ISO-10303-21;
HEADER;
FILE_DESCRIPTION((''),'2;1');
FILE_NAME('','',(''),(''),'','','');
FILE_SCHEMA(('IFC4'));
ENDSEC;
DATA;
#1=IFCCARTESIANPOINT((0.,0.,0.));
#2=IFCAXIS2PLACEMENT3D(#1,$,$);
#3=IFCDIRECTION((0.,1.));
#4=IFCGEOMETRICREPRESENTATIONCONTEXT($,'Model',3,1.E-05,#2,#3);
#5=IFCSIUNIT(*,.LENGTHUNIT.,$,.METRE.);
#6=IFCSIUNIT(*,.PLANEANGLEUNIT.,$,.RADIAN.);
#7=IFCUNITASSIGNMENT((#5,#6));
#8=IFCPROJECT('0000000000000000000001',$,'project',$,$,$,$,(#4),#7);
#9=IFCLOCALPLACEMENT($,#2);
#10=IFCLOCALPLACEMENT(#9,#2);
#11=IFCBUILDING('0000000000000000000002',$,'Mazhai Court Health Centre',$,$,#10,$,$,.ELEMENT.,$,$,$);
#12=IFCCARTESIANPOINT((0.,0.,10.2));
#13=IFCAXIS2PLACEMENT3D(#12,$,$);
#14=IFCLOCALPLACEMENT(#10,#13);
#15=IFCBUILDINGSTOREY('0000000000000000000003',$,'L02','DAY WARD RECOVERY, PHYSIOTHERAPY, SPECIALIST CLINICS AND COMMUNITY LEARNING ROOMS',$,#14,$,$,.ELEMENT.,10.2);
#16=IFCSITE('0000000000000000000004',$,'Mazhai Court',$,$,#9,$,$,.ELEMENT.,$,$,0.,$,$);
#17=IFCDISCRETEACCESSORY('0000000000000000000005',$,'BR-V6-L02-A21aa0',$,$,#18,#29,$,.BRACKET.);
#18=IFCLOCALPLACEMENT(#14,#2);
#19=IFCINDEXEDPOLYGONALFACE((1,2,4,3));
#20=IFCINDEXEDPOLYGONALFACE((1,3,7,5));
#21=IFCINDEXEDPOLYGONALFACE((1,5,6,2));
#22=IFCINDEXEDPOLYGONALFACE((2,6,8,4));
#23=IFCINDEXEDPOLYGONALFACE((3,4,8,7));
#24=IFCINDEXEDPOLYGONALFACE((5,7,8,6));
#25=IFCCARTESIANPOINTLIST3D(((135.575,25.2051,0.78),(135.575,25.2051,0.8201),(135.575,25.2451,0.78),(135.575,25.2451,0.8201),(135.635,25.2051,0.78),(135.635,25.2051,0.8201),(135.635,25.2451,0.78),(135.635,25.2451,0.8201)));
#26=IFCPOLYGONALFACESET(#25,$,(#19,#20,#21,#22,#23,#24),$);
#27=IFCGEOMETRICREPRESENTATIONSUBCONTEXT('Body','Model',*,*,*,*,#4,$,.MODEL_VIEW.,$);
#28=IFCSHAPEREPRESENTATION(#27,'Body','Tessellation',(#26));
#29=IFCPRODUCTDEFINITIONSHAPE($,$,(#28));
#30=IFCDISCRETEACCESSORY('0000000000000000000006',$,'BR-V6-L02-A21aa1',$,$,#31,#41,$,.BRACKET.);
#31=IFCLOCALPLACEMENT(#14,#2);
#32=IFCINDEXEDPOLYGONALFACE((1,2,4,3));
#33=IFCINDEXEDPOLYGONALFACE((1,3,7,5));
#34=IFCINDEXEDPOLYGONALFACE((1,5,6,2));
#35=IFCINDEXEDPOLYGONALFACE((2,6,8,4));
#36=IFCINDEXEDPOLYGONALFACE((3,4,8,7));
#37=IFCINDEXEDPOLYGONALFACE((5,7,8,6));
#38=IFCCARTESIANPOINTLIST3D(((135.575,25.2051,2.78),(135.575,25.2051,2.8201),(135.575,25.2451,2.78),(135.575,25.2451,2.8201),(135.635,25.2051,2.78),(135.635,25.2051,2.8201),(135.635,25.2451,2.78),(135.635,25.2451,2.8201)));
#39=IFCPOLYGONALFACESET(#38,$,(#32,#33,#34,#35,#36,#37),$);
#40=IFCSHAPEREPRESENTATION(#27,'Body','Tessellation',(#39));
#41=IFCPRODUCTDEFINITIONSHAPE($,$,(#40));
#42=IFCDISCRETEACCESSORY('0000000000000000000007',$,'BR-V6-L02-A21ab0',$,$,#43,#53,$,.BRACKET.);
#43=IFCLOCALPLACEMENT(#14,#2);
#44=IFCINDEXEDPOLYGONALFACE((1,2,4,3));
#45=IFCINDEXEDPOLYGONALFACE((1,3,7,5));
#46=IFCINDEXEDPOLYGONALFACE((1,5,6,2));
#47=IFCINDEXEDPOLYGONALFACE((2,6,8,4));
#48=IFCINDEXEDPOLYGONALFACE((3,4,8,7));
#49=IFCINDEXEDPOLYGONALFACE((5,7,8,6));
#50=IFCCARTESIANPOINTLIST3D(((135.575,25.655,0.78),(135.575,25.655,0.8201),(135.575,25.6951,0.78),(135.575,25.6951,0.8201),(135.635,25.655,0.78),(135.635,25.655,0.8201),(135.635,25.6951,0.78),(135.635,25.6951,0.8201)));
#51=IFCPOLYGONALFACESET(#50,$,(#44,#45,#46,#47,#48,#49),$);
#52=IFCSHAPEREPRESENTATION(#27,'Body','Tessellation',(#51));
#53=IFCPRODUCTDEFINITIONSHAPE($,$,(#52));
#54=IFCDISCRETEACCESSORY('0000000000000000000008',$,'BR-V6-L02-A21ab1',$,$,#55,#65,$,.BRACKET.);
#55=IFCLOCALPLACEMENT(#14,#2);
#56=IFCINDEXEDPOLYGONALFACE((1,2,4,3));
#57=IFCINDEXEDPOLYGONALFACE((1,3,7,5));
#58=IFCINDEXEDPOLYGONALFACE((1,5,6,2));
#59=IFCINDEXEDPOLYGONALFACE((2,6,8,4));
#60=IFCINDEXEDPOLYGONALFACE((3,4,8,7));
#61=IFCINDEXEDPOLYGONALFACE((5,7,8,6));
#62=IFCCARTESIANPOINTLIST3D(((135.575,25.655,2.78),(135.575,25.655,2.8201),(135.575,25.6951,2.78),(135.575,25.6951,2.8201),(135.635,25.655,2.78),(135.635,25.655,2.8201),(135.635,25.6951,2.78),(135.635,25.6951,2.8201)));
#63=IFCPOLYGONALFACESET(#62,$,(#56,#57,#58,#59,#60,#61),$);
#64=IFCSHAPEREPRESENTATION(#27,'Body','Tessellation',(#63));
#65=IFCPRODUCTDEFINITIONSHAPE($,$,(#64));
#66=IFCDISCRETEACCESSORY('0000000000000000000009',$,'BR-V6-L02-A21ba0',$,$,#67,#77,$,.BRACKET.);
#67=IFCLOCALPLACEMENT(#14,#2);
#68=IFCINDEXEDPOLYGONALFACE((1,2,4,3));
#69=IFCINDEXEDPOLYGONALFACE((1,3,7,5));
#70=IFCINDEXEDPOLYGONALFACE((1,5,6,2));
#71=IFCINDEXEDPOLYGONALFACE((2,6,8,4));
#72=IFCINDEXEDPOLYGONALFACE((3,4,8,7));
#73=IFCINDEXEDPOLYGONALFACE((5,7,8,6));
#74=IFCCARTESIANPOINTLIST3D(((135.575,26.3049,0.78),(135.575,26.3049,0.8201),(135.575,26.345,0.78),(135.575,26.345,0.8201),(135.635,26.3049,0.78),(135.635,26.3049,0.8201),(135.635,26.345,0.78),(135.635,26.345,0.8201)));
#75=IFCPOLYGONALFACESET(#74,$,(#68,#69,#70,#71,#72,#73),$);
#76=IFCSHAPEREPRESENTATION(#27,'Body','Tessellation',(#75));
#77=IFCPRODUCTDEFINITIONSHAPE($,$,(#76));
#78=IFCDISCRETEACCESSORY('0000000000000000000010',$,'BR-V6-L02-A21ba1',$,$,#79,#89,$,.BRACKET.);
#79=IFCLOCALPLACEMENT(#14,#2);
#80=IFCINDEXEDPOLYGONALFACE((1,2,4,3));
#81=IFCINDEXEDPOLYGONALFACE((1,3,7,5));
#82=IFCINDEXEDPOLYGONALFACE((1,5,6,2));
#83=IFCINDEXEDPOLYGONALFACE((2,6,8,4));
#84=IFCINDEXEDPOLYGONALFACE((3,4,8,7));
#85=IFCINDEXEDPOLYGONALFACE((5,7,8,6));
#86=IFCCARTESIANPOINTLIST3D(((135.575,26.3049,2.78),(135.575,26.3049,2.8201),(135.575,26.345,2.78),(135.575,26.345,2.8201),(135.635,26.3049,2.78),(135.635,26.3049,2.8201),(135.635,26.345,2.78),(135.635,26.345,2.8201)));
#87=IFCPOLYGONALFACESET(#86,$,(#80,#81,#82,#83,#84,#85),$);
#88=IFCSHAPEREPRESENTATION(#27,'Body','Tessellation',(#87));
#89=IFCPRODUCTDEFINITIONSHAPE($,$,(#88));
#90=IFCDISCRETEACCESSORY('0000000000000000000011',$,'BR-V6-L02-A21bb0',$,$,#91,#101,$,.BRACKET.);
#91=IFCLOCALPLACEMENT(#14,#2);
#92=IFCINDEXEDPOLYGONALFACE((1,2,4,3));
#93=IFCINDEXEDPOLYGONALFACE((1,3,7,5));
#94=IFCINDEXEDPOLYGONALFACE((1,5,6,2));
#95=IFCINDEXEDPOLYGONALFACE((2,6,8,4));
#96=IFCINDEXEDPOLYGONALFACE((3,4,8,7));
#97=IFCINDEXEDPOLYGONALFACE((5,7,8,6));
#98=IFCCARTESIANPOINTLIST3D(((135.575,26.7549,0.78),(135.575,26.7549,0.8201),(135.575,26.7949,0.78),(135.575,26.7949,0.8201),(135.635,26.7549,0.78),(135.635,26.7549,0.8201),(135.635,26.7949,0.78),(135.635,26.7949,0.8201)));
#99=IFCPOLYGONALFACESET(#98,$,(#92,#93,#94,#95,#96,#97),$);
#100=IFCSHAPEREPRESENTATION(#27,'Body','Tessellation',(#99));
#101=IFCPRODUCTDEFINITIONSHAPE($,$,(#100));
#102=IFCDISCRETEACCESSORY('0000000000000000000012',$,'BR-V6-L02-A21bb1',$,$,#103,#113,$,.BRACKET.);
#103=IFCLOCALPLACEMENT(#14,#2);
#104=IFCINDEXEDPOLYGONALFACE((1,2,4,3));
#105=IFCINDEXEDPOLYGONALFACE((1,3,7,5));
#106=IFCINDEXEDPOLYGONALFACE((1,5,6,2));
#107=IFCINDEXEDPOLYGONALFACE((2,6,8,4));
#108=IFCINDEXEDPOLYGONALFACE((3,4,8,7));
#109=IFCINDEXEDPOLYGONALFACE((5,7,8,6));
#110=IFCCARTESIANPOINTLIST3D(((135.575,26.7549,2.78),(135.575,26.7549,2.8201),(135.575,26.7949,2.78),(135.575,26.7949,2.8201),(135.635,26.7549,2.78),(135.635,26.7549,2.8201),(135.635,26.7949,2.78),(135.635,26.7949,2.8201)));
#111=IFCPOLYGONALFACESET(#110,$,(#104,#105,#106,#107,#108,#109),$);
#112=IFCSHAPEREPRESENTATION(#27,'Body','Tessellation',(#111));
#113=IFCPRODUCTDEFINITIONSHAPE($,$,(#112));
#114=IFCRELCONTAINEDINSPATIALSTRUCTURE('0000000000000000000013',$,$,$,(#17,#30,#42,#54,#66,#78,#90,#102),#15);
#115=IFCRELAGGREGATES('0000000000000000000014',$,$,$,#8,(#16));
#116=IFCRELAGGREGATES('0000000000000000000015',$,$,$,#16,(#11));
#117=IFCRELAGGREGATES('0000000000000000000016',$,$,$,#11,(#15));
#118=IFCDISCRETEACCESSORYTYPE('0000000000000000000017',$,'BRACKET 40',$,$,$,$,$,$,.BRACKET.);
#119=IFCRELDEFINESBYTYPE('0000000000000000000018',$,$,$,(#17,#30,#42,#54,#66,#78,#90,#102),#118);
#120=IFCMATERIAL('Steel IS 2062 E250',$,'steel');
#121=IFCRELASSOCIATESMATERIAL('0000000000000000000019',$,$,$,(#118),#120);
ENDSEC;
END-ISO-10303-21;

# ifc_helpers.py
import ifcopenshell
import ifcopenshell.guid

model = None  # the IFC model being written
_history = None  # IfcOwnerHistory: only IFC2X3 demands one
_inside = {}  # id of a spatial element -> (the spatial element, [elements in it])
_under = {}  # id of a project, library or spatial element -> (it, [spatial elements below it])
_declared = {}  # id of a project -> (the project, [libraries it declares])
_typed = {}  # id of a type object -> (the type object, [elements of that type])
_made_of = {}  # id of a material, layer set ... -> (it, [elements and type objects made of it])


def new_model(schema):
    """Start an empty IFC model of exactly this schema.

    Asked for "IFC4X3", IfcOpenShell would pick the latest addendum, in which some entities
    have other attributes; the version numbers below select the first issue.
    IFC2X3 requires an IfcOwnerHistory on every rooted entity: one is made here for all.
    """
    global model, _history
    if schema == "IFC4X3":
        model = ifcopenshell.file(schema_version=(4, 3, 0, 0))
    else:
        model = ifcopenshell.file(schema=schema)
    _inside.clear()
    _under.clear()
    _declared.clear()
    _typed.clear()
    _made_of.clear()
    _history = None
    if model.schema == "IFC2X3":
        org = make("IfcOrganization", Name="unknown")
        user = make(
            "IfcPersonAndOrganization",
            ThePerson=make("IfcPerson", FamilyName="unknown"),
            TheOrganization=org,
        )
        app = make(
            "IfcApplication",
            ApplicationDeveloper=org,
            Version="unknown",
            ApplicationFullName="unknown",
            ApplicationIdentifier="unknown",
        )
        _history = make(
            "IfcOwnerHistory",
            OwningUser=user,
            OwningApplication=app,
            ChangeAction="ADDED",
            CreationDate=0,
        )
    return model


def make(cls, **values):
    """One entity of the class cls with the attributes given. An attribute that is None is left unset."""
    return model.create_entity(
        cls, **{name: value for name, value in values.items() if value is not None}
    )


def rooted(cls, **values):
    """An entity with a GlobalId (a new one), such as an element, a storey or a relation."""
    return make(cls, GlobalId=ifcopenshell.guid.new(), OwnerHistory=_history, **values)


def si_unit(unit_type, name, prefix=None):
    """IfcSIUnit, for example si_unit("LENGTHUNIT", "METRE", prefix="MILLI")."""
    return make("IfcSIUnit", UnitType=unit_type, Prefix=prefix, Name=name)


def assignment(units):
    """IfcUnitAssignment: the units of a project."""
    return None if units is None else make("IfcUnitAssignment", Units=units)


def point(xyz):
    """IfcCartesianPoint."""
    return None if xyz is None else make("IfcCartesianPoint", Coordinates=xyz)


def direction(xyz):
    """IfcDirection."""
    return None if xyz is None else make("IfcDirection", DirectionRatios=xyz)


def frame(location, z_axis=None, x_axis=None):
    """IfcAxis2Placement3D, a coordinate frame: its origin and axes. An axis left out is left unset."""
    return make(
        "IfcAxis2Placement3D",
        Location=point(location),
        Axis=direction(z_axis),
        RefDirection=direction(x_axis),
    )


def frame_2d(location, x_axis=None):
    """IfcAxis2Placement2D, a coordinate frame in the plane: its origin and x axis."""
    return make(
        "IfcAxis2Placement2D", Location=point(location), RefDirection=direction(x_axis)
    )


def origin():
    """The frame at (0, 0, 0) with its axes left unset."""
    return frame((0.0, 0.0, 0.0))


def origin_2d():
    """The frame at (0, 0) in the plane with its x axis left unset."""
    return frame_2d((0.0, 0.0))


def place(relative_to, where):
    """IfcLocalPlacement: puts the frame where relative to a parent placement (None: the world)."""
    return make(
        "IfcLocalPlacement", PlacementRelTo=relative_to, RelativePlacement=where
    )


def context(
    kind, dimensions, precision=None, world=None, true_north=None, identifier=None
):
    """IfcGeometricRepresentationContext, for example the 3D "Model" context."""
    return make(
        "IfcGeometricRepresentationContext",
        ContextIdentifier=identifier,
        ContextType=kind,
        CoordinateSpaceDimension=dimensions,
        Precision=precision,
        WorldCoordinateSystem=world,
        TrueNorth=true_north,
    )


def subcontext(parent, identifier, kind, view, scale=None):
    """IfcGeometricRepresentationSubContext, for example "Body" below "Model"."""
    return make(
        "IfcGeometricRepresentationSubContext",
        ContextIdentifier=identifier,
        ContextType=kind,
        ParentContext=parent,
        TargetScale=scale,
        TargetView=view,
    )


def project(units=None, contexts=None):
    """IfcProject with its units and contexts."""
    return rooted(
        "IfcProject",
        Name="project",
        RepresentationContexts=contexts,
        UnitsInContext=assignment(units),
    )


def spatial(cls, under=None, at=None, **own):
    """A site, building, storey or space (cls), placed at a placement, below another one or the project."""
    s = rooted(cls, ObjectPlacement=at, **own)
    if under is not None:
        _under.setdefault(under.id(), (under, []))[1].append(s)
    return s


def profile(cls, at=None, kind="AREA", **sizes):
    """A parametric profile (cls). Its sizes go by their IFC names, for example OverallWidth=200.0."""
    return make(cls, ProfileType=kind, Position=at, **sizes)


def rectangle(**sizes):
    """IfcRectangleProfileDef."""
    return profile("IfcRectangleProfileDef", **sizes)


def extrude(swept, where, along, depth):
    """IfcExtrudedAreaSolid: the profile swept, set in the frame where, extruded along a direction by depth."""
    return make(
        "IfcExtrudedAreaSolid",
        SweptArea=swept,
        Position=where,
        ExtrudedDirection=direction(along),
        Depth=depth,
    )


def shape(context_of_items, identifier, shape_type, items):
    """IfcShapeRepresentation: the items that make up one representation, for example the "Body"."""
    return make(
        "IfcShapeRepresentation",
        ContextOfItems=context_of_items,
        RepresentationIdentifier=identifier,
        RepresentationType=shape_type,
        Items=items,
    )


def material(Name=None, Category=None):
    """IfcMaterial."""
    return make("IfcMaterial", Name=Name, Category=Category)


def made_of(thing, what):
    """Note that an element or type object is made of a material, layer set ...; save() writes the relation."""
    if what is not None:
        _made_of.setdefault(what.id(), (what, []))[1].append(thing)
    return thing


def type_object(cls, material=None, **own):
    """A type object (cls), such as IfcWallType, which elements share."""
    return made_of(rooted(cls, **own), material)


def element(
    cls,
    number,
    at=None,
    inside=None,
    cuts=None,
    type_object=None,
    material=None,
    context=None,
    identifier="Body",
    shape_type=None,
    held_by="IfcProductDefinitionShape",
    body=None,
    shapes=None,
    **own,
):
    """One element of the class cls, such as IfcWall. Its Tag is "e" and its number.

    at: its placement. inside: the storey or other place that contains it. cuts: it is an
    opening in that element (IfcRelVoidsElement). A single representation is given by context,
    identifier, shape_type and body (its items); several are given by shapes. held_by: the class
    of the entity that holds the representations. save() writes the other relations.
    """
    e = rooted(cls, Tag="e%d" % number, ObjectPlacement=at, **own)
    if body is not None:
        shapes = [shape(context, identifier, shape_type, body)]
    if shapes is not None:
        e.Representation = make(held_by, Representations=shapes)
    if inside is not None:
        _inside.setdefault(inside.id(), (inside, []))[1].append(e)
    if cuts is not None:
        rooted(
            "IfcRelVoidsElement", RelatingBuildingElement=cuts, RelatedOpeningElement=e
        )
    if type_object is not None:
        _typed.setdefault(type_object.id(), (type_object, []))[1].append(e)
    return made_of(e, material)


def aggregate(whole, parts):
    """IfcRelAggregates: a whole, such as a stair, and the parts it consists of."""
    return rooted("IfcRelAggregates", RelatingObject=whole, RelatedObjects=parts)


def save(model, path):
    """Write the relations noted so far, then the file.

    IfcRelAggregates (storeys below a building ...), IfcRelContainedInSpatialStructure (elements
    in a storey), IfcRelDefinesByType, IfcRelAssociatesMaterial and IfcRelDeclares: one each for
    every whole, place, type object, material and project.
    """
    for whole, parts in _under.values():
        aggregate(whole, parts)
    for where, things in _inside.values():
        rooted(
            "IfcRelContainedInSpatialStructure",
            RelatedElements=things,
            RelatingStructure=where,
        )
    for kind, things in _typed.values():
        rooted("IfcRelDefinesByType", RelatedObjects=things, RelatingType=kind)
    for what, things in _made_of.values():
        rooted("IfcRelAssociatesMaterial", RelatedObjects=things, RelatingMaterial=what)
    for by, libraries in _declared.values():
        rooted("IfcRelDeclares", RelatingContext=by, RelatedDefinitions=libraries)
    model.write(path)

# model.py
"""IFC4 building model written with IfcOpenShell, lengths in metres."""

from ifc_helpers import new_model, si_unit, direction, frame, origin, origin_2d, place, context, subcontext, project, spatial, rectangle, extrude, material, type_object, element, save


model = new_model("IFC4")

# Units and contexts
model_context = context("Model", 3, precision=1e-05, world=origin(), true_north=direction((0.0, 1.0)))
body_context = subcontext(model_context, "Body", "Model", "MODEL_VIEW")
ifc_project = project(units=[si_unit("LENGTHUNIT", "METRE"), si_unit("PLANEANGLEUNIT", "RADIAN")], contexts=[model_context])

# Site, building, storey
site_placement = place(None, origin())
site = spatial("IfcSite", under=ifc_project, at=site_placement, Name="Mazhai Court", CompositionType="ELEMENT", RefElevation=0.0)
building_placement = place(site_placement, origin())
building = spatial("IfcBuilding", under=site, at=building_placement, Name="Mazhai Court Health Centre", CompositionType="ELEMENT")
storey_placement = place(building_placement, frame((0.0, 0.0, 10.2)))
storey = spatial("IfcBuildingStorey", under=building, at=storey_placement, Name="L02", Description="DAY WARD RECOVERY, PHYSIOTHERAPY, SPECIALIST CLINICS AND COMMUNITY LEARNING ROOMS", CompositionType="ELEMENT", Elevation=10.2)

# Discrete accessories
ifc_material_1 = material(Name="Steel IS 2062 E250", Category="steel")
discrete_accessory_type = type_object("IfcDiscreteAccessoryType", Name="BRACKET 40", PredefinedType="BRACKET", material=ifc_material_1)
for number, where, z_axis, x_axis, name in (
    (1, (135.605, 25.2251, 0.78), (0.0, 0.0, 1.0), (0.0, 1.0, 0.0), "BR-V6-L02-A21aa0"),
    (2, (135.605, 25.2251, 2.78), (0.0, 0.0, 1.0), (0.0, 1.0, 0.0), "BR-V6-L02-A21aa1"),
    (3, (135.605, 25.675, 0.78), (0.0, 0.0, 1.0), (0.0, 1.0, 0.0), "BR-V6-L02-A21ab0"),
    (4, (135.605, 25.675, 2.78), (0.0, 0.0, 1.0), (0.0, 1.0, 0.0), "BR-V6-L02-A21ab1"),
    (5, (135.605, 26.325, 0.78), (0.0, 0.0, 1.0), (0.0, 1.0, 0.0), "BR-V6-L02-A21ba0"),
    (6, (135.605, 26.325, 2.78), (0.0, 0.0, 1.0), (0.0, 1.0, 0.0), "BR-V6-L02-A21ba1"),
    (7, (135.605, 26.7749, 0.78), (0.0, 0.0, 1.0), (0.0, 1.0, 0.0), "BR-V6-L02-A21bb0"),
    (8, (135.605, 26.7749, 2.78), (0.0, 0.0, 1.0), (0.0, 1.0, 0.0), "BR-V6-L02-A21bb1"),
):
    element("IfcDiscreteAccessory", number, at=place(storey_placement, frame(where, z_axis=z_axis, x_axis=x_axis)), inside=storey, type_object=discrete_accessory_type, Name=name, PredefinedType="BRACKET", context=body_context, shape_type="SweptSolid", body=[
        extrude(rectangle(XDim=0.04, YDim=0.0601, at=origin_2d()), origin(), (0.0, 0.0, 1.0), 0.04),
    ])

save(model, "model.ifc")
